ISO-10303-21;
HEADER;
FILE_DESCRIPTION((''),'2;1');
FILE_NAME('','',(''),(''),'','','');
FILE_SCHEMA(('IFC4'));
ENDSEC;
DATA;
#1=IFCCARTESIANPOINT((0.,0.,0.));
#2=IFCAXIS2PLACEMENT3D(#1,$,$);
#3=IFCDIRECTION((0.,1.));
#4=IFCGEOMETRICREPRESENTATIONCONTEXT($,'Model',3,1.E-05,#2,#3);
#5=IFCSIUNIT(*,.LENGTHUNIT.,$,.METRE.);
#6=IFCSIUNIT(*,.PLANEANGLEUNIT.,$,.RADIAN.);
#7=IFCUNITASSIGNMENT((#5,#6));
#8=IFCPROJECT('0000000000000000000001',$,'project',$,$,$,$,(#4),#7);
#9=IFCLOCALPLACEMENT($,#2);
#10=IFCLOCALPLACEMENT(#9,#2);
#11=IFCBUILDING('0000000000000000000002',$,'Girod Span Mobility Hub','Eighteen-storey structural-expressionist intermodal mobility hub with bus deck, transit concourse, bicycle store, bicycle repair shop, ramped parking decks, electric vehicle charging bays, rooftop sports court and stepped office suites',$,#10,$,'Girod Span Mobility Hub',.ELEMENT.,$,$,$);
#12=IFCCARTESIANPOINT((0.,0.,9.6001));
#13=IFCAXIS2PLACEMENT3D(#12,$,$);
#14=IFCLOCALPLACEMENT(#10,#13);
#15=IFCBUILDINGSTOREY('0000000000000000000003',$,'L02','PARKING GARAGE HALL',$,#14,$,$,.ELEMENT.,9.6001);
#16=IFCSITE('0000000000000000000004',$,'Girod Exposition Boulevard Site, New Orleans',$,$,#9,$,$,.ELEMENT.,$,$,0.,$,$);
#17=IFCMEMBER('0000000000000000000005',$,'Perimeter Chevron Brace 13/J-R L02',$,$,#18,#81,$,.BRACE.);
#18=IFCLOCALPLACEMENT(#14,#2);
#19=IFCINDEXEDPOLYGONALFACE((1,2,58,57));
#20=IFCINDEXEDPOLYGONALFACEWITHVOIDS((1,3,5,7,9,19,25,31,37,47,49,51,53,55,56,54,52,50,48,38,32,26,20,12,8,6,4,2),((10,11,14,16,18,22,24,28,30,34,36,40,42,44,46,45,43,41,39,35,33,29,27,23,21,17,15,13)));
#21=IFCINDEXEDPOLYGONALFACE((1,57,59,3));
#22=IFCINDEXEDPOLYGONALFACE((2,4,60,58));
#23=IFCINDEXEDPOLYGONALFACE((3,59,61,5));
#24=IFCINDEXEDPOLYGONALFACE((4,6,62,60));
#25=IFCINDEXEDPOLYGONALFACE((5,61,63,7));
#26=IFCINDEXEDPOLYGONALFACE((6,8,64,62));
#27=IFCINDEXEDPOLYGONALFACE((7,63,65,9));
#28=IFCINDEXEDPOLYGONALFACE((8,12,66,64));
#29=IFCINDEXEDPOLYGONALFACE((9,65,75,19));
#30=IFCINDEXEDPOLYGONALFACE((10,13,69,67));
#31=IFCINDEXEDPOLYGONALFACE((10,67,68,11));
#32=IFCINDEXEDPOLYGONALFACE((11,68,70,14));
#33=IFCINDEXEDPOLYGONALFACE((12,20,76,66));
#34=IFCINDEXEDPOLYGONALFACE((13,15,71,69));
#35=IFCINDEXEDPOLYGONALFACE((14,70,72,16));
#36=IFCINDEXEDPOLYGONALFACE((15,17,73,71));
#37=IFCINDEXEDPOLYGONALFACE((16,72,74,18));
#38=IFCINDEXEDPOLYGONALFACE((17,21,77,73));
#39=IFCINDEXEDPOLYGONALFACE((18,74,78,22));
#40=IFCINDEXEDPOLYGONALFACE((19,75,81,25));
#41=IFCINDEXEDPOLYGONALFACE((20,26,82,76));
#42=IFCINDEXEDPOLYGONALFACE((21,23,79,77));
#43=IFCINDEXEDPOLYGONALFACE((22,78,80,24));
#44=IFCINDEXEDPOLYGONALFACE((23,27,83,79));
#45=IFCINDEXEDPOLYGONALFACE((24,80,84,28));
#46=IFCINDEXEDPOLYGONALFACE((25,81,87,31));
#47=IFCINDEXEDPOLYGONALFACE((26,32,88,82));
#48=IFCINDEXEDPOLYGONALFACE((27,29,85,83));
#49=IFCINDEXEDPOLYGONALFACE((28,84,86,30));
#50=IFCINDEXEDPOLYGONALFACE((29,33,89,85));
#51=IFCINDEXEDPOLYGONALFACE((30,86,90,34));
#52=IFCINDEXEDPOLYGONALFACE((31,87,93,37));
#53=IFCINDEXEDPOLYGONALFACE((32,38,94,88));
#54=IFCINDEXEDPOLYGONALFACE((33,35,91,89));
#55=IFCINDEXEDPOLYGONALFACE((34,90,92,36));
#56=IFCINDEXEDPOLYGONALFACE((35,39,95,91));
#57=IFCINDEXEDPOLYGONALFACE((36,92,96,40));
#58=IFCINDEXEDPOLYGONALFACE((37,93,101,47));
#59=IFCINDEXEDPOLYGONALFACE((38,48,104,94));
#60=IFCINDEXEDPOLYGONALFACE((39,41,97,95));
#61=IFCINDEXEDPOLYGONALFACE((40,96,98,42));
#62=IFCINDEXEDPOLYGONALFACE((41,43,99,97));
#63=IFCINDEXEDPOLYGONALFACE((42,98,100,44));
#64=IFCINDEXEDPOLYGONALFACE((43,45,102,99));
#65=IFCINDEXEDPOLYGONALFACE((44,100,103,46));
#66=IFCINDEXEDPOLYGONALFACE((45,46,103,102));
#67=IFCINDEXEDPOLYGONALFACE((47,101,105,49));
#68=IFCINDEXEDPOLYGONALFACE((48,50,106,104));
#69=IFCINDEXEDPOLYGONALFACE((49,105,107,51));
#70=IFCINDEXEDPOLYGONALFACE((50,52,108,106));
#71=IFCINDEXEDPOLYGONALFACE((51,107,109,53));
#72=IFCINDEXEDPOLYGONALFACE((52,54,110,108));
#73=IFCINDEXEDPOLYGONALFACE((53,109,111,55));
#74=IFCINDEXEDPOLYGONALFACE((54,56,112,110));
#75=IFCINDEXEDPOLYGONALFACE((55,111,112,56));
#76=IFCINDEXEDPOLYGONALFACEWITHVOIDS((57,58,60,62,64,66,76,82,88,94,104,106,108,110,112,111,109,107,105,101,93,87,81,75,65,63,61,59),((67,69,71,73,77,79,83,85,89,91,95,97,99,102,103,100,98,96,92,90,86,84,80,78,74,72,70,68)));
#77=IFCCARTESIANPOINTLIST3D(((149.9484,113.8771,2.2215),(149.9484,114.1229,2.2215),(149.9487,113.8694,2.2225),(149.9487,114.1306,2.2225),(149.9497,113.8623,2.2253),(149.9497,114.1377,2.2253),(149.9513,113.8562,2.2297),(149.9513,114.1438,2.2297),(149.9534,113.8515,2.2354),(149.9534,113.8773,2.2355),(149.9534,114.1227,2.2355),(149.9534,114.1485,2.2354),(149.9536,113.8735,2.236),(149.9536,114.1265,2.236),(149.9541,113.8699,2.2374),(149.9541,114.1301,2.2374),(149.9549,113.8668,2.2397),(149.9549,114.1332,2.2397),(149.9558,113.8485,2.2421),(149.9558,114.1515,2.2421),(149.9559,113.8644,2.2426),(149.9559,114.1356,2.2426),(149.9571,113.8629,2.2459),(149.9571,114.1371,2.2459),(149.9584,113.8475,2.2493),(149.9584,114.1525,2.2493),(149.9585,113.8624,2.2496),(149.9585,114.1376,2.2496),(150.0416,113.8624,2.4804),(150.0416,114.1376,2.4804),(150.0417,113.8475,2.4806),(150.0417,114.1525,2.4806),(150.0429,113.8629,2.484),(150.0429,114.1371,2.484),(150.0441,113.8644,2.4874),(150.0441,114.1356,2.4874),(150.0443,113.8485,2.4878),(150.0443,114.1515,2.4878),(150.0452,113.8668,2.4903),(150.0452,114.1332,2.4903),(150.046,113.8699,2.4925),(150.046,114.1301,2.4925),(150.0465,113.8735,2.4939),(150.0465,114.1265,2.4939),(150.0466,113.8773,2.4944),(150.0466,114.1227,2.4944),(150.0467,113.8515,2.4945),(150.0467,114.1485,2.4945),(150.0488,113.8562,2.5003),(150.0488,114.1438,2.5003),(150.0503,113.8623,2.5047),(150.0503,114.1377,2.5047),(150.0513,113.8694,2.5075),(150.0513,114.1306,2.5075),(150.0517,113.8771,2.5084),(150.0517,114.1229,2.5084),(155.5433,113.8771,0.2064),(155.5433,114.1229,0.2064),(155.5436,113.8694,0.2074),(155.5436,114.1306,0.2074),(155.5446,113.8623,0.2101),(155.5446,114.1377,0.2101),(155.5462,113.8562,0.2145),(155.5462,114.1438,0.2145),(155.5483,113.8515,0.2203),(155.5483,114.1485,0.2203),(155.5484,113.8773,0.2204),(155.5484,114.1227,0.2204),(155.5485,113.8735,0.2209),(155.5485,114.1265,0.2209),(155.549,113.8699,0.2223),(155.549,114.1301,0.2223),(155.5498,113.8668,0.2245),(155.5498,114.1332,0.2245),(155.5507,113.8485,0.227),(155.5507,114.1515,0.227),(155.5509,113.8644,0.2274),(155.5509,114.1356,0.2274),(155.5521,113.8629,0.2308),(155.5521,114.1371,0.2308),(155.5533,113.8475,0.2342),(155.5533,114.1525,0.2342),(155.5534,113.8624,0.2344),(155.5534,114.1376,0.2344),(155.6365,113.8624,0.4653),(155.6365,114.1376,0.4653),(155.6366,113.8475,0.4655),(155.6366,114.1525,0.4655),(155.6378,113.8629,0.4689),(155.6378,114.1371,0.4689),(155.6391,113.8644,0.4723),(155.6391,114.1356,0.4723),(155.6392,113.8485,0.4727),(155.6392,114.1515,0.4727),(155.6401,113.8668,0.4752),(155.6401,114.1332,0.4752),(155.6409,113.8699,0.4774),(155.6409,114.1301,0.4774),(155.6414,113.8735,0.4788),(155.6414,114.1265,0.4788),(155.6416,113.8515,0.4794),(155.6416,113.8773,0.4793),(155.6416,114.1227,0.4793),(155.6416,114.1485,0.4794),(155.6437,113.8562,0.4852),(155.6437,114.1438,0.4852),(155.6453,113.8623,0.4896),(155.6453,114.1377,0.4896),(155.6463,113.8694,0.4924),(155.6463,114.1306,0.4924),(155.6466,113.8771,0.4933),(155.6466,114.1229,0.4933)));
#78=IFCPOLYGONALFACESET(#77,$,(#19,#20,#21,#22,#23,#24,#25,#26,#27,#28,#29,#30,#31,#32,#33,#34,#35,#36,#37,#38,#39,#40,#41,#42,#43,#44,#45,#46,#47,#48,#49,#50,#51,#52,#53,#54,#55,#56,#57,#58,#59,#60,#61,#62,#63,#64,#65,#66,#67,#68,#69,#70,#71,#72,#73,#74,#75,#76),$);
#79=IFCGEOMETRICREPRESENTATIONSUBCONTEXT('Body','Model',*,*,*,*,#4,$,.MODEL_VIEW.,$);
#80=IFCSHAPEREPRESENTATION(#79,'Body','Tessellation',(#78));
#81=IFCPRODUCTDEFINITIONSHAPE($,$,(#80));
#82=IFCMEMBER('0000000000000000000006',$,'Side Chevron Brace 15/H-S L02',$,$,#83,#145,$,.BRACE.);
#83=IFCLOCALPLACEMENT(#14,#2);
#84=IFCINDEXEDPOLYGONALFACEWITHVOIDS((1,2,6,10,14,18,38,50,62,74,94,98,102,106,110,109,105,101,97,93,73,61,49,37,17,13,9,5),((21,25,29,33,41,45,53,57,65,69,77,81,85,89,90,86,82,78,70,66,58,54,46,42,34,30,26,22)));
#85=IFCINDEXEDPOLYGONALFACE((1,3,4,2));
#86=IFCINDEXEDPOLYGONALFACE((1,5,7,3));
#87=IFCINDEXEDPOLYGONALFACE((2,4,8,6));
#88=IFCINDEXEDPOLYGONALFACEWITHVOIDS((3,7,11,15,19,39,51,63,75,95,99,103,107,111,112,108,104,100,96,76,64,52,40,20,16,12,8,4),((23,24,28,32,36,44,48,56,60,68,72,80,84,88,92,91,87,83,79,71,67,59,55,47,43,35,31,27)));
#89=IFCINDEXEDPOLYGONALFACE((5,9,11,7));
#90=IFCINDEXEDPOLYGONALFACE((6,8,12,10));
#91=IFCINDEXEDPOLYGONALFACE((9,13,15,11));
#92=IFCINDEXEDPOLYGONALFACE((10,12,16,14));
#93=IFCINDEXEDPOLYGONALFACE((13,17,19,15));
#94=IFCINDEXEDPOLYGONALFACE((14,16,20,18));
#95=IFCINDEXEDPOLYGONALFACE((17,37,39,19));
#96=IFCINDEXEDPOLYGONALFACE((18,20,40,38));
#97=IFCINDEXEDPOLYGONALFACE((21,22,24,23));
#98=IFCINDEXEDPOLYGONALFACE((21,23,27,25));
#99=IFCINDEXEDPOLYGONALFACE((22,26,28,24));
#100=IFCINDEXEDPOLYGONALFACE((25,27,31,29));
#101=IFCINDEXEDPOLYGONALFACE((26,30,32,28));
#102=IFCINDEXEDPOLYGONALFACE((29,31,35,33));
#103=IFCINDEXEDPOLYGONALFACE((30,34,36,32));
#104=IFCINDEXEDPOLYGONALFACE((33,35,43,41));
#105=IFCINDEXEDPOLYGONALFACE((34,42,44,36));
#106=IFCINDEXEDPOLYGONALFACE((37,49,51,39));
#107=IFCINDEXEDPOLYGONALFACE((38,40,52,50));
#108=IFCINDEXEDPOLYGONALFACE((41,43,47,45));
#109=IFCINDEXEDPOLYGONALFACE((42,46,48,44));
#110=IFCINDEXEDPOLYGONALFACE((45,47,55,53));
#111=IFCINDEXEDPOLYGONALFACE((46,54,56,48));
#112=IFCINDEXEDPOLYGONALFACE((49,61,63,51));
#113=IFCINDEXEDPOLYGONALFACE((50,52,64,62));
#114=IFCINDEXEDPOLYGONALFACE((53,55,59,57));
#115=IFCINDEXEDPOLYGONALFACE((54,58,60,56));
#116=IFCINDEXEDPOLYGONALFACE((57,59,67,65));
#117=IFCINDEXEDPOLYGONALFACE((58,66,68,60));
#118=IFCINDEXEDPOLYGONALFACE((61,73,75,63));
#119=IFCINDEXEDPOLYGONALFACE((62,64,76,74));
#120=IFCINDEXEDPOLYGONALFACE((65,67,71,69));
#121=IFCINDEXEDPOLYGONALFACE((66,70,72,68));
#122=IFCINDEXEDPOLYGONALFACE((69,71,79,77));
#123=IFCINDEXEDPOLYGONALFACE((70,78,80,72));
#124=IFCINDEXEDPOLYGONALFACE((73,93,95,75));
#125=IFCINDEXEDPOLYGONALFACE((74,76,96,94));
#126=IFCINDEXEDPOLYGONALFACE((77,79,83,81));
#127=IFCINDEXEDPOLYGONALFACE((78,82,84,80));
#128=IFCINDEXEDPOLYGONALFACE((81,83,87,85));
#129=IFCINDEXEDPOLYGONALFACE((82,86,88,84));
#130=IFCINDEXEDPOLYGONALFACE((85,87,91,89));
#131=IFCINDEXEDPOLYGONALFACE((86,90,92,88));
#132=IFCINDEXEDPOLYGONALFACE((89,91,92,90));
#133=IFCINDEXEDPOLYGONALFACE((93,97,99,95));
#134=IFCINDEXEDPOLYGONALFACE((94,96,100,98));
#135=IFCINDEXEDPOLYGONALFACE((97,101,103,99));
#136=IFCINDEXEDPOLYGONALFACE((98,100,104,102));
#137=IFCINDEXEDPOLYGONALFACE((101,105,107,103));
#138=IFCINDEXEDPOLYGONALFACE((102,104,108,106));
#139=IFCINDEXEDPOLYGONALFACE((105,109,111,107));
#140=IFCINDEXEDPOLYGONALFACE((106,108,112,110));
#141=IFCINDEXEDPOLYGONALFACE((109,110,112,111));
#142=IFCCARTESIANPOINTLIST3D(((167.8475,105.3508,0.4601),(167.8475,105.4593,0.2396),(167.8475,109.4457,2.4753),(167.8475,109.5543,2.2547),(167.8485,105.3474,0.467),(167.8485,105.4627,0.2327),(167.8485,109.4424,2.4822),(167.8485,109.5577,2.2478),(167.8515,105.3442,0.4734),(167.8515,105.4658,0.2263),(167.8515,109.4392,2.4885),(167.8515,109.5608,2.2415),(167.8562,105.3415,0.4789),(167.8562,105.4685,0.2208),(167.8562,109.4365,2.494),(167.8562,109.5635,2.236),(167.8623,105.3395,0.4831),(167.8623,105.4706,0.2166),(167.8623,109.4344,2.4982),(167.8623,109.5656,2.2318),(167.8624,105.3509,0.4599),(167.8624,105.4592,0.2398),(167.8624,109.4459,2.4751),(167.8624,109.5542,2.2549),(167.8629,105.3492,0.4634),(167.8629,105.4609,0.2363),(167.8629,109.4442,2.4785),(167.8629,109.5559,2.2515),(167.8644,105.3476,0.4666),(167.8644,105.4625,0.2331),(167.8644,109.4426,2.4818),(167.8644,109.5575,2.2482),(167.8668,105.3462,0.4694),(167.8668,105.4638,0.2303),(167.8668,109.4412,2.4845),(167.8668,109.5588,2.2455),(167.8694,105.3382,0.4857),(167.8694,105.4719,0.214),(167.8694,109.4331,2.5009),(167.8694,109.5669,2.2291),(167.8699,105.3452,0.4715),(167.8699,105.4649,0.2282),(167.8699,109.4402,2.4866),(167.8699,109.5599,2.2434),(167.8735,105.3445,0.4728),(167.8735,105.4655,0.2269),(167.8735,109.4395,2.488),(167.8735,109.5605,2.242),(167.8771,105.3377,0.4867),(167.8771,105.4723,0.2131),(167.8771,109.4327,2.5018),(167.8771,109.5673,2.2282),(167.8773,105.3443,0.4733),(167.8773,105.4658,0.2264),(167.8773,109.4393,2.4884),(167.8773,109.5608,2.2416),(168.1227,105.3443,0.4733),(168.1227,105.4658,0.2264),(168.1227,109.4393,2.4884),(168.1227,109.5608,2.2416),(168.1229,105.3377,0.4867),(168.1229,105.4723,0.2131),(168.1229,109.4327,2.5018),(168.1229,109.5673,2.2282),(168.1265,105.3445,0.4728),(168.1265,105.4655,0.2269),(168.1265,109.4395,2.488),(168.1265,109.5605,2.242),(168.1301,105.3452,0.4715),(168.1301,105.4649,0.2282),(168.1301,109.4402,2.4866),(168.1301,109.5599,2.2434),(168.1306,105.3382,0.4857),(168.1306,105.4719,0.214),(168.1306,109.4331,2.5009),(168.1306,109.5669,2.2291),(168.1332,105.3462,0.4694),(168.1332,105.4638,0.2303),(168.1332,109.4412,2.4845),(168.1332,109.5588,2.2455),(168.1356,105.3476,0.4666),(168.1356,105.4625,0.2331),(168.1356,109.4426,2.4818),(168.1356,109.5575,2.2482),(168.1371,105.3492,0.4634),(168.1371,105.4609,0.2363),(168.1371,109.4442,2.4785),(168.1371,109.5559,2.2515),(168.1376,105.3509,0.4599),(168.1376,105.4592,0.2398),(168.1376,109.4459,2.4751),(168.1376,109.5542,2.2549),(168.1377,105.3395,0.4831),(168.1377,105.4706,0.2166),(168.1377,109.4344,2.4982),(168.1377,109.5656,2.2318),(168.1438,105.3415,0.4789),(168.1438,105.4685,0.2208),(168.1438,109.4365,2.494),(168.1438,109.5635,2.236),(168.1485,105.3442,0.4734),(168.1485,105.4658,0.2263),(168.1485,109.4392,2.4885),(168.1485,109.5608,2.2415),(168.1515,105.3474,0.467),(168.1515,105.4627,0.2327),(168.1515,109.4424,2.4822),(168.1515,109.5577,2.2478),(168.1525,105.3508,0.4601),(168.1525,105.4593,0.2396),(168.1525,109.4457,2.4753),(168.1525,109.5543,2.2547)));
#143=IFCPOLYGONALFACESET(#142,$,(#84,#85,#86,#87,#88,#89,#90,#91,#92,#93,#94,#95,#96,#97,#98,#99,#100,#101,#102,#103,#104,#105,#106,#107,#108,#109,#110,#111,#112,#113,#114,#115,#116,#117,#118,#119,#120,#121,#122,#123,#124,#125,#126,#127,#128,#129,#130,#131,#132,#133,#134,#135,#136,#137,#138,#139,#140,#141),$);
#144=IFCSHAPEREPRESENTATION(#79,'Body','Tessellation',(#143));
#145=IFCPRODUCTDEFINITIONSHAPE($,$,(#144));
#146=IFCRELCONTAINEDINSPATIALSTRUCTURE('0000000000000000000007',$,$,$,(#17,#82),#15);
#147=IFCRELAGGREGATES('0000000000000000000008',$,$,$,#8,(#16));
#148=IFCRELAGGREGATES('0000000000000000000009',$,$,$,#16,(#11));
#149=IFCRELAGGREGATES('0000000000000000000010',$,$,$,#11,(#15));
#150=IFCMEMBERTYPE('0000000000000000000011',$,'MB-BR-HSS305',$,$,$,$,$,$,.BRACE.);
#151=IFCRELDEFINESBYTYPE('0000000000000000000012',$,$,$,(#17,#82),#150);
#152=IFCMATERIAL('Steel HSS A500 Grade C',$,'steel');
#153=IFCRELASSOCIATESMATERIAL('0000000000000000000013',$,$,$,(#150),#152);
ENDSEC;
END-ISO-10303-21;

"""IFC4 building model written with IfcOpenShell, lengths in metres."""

from ifc_helpers import new_model, si_unit, direction, frame, origin, origin_2d, place, context, subcontext, project, spatial, hollow_rectangle, extrude, material, material_profile, profile_set, type_object, element, save


model = new_model("IFC4")

# Units and contexts
model_context = context("Model", 3, precision=1e-05, world=origin(), true_north=direction((0.0, 1.0)))
body_context = subcontext(model_context, "Body", "Model", "MODEL_VIEW")
ifc_project = project(units=[si_unit("LENGTHUNIT", "METRE"), si_unit("PLANEANGLEUNIT", "RADIAN")], contexts=[model_context])

# Site, building, storey
site_placement = place(None, origin())
site = spatial("IfcSite", under=ifc_project, at=site_placement, Name="Girod Exposition Boulevard Site, New Orleans", CompositionType="ELEMENT", RefElevation=0.0)
building_placement = place(site_placement, origin())
building = spatial("IfcBuilding", under=site, at=building_placement, Name="Girod Span Mobility Hub", Description="Eighteen-storey structural-expressionist intermodal mobility hub with bus deck, transit concourse, bicycle store, bicycle repair shop, ramped parking decks, electric vehicle charging bays, rooftop sports court and stepped office suites", LongName="Girod Span Mobility Hub", CompositionType="ELEMENT")
storey_placement = place(building_placement, frame((0.0, 0.0, 9.6001)))
storey = spatial("IfcBuildingStorey", under=building, at=storey_placement, Name="L02", Description="PARKING GARAGE HALL", CompositionType="ELEMENT", Elevation=9.6001)

# Members
ifc_material_1 = material(Name="Steel HSS A500 Grade C", Category="steel")
ifc_material_profile_1 = material_profile(ifc_material_1, hollow_rectangle(XDim=0.3049, YDim=0.3049, WallThickness=0.0149, InnerFilletRadius=0.0149, OuterFilletRadius=0.0295, at=origin_2d()), Name="HSS305X305X16")
ifc_profile_set_1 = profile_set([ifc_material_profile_1], Name="Steel HSS A500 Grade C")
member_type = type_object("IfcMemberType", Name="MB-BR-HSS305", PredefinedType="BRACE", material=ifc_profile_set_1)
member_placement = place(storey_placement, frame((155.595, 114.0, 0.3499), z_axis=(-0.940837, 0.0, 0.33886), x_axis=(0.0, -1.0, 0.0)))
element("IfcMember", 1, at=member_placement, inside=storey, type_object=member_type, Name="Perimeter Chevron Brace 13/J-R L02", PredefinedType="BRACE", context=body_context, shape_type="SweptSolid", body=[
    extrude(hollow_rectangle(XDim=0.3049, YDim=0.3049, WallThickness=0.0149, InnerFilletRadius=0.0149, OuterFilletRadius=0.0295, at=origin_2d()), origin(), (0.0, 0.0, 1.0), 5.9468),
])
for number, where, z_axis, x_axis, name in (
    (2, (168.0, 105.405, 0.3499), (0.0, 0.897244, 0.441534), (-1.0, 0.0, 0.0), "Side Chevron Brace 15/H-S L02"),
):
    element("IfcMember", number, at=place(storey_placement, frame(where, z_axis=z_axis, x_axis=x_axis)), inside=storey, type_object=member_type, Name=name, PredefinedType="BRACE", context=body_context, shape_type="SweptSolid", body=[
        extrude(hollow_rectangle(XDim=0.3049, YDim=0.3049, WallThickness=0.0149, InnerFilletRadius=0.0149, OuterFilletRadius=0.0295, at=origin_2d()), origin(), (0.0, 0.0, 1.0), 4.564),
    ])

save(model, "model.ifc")
